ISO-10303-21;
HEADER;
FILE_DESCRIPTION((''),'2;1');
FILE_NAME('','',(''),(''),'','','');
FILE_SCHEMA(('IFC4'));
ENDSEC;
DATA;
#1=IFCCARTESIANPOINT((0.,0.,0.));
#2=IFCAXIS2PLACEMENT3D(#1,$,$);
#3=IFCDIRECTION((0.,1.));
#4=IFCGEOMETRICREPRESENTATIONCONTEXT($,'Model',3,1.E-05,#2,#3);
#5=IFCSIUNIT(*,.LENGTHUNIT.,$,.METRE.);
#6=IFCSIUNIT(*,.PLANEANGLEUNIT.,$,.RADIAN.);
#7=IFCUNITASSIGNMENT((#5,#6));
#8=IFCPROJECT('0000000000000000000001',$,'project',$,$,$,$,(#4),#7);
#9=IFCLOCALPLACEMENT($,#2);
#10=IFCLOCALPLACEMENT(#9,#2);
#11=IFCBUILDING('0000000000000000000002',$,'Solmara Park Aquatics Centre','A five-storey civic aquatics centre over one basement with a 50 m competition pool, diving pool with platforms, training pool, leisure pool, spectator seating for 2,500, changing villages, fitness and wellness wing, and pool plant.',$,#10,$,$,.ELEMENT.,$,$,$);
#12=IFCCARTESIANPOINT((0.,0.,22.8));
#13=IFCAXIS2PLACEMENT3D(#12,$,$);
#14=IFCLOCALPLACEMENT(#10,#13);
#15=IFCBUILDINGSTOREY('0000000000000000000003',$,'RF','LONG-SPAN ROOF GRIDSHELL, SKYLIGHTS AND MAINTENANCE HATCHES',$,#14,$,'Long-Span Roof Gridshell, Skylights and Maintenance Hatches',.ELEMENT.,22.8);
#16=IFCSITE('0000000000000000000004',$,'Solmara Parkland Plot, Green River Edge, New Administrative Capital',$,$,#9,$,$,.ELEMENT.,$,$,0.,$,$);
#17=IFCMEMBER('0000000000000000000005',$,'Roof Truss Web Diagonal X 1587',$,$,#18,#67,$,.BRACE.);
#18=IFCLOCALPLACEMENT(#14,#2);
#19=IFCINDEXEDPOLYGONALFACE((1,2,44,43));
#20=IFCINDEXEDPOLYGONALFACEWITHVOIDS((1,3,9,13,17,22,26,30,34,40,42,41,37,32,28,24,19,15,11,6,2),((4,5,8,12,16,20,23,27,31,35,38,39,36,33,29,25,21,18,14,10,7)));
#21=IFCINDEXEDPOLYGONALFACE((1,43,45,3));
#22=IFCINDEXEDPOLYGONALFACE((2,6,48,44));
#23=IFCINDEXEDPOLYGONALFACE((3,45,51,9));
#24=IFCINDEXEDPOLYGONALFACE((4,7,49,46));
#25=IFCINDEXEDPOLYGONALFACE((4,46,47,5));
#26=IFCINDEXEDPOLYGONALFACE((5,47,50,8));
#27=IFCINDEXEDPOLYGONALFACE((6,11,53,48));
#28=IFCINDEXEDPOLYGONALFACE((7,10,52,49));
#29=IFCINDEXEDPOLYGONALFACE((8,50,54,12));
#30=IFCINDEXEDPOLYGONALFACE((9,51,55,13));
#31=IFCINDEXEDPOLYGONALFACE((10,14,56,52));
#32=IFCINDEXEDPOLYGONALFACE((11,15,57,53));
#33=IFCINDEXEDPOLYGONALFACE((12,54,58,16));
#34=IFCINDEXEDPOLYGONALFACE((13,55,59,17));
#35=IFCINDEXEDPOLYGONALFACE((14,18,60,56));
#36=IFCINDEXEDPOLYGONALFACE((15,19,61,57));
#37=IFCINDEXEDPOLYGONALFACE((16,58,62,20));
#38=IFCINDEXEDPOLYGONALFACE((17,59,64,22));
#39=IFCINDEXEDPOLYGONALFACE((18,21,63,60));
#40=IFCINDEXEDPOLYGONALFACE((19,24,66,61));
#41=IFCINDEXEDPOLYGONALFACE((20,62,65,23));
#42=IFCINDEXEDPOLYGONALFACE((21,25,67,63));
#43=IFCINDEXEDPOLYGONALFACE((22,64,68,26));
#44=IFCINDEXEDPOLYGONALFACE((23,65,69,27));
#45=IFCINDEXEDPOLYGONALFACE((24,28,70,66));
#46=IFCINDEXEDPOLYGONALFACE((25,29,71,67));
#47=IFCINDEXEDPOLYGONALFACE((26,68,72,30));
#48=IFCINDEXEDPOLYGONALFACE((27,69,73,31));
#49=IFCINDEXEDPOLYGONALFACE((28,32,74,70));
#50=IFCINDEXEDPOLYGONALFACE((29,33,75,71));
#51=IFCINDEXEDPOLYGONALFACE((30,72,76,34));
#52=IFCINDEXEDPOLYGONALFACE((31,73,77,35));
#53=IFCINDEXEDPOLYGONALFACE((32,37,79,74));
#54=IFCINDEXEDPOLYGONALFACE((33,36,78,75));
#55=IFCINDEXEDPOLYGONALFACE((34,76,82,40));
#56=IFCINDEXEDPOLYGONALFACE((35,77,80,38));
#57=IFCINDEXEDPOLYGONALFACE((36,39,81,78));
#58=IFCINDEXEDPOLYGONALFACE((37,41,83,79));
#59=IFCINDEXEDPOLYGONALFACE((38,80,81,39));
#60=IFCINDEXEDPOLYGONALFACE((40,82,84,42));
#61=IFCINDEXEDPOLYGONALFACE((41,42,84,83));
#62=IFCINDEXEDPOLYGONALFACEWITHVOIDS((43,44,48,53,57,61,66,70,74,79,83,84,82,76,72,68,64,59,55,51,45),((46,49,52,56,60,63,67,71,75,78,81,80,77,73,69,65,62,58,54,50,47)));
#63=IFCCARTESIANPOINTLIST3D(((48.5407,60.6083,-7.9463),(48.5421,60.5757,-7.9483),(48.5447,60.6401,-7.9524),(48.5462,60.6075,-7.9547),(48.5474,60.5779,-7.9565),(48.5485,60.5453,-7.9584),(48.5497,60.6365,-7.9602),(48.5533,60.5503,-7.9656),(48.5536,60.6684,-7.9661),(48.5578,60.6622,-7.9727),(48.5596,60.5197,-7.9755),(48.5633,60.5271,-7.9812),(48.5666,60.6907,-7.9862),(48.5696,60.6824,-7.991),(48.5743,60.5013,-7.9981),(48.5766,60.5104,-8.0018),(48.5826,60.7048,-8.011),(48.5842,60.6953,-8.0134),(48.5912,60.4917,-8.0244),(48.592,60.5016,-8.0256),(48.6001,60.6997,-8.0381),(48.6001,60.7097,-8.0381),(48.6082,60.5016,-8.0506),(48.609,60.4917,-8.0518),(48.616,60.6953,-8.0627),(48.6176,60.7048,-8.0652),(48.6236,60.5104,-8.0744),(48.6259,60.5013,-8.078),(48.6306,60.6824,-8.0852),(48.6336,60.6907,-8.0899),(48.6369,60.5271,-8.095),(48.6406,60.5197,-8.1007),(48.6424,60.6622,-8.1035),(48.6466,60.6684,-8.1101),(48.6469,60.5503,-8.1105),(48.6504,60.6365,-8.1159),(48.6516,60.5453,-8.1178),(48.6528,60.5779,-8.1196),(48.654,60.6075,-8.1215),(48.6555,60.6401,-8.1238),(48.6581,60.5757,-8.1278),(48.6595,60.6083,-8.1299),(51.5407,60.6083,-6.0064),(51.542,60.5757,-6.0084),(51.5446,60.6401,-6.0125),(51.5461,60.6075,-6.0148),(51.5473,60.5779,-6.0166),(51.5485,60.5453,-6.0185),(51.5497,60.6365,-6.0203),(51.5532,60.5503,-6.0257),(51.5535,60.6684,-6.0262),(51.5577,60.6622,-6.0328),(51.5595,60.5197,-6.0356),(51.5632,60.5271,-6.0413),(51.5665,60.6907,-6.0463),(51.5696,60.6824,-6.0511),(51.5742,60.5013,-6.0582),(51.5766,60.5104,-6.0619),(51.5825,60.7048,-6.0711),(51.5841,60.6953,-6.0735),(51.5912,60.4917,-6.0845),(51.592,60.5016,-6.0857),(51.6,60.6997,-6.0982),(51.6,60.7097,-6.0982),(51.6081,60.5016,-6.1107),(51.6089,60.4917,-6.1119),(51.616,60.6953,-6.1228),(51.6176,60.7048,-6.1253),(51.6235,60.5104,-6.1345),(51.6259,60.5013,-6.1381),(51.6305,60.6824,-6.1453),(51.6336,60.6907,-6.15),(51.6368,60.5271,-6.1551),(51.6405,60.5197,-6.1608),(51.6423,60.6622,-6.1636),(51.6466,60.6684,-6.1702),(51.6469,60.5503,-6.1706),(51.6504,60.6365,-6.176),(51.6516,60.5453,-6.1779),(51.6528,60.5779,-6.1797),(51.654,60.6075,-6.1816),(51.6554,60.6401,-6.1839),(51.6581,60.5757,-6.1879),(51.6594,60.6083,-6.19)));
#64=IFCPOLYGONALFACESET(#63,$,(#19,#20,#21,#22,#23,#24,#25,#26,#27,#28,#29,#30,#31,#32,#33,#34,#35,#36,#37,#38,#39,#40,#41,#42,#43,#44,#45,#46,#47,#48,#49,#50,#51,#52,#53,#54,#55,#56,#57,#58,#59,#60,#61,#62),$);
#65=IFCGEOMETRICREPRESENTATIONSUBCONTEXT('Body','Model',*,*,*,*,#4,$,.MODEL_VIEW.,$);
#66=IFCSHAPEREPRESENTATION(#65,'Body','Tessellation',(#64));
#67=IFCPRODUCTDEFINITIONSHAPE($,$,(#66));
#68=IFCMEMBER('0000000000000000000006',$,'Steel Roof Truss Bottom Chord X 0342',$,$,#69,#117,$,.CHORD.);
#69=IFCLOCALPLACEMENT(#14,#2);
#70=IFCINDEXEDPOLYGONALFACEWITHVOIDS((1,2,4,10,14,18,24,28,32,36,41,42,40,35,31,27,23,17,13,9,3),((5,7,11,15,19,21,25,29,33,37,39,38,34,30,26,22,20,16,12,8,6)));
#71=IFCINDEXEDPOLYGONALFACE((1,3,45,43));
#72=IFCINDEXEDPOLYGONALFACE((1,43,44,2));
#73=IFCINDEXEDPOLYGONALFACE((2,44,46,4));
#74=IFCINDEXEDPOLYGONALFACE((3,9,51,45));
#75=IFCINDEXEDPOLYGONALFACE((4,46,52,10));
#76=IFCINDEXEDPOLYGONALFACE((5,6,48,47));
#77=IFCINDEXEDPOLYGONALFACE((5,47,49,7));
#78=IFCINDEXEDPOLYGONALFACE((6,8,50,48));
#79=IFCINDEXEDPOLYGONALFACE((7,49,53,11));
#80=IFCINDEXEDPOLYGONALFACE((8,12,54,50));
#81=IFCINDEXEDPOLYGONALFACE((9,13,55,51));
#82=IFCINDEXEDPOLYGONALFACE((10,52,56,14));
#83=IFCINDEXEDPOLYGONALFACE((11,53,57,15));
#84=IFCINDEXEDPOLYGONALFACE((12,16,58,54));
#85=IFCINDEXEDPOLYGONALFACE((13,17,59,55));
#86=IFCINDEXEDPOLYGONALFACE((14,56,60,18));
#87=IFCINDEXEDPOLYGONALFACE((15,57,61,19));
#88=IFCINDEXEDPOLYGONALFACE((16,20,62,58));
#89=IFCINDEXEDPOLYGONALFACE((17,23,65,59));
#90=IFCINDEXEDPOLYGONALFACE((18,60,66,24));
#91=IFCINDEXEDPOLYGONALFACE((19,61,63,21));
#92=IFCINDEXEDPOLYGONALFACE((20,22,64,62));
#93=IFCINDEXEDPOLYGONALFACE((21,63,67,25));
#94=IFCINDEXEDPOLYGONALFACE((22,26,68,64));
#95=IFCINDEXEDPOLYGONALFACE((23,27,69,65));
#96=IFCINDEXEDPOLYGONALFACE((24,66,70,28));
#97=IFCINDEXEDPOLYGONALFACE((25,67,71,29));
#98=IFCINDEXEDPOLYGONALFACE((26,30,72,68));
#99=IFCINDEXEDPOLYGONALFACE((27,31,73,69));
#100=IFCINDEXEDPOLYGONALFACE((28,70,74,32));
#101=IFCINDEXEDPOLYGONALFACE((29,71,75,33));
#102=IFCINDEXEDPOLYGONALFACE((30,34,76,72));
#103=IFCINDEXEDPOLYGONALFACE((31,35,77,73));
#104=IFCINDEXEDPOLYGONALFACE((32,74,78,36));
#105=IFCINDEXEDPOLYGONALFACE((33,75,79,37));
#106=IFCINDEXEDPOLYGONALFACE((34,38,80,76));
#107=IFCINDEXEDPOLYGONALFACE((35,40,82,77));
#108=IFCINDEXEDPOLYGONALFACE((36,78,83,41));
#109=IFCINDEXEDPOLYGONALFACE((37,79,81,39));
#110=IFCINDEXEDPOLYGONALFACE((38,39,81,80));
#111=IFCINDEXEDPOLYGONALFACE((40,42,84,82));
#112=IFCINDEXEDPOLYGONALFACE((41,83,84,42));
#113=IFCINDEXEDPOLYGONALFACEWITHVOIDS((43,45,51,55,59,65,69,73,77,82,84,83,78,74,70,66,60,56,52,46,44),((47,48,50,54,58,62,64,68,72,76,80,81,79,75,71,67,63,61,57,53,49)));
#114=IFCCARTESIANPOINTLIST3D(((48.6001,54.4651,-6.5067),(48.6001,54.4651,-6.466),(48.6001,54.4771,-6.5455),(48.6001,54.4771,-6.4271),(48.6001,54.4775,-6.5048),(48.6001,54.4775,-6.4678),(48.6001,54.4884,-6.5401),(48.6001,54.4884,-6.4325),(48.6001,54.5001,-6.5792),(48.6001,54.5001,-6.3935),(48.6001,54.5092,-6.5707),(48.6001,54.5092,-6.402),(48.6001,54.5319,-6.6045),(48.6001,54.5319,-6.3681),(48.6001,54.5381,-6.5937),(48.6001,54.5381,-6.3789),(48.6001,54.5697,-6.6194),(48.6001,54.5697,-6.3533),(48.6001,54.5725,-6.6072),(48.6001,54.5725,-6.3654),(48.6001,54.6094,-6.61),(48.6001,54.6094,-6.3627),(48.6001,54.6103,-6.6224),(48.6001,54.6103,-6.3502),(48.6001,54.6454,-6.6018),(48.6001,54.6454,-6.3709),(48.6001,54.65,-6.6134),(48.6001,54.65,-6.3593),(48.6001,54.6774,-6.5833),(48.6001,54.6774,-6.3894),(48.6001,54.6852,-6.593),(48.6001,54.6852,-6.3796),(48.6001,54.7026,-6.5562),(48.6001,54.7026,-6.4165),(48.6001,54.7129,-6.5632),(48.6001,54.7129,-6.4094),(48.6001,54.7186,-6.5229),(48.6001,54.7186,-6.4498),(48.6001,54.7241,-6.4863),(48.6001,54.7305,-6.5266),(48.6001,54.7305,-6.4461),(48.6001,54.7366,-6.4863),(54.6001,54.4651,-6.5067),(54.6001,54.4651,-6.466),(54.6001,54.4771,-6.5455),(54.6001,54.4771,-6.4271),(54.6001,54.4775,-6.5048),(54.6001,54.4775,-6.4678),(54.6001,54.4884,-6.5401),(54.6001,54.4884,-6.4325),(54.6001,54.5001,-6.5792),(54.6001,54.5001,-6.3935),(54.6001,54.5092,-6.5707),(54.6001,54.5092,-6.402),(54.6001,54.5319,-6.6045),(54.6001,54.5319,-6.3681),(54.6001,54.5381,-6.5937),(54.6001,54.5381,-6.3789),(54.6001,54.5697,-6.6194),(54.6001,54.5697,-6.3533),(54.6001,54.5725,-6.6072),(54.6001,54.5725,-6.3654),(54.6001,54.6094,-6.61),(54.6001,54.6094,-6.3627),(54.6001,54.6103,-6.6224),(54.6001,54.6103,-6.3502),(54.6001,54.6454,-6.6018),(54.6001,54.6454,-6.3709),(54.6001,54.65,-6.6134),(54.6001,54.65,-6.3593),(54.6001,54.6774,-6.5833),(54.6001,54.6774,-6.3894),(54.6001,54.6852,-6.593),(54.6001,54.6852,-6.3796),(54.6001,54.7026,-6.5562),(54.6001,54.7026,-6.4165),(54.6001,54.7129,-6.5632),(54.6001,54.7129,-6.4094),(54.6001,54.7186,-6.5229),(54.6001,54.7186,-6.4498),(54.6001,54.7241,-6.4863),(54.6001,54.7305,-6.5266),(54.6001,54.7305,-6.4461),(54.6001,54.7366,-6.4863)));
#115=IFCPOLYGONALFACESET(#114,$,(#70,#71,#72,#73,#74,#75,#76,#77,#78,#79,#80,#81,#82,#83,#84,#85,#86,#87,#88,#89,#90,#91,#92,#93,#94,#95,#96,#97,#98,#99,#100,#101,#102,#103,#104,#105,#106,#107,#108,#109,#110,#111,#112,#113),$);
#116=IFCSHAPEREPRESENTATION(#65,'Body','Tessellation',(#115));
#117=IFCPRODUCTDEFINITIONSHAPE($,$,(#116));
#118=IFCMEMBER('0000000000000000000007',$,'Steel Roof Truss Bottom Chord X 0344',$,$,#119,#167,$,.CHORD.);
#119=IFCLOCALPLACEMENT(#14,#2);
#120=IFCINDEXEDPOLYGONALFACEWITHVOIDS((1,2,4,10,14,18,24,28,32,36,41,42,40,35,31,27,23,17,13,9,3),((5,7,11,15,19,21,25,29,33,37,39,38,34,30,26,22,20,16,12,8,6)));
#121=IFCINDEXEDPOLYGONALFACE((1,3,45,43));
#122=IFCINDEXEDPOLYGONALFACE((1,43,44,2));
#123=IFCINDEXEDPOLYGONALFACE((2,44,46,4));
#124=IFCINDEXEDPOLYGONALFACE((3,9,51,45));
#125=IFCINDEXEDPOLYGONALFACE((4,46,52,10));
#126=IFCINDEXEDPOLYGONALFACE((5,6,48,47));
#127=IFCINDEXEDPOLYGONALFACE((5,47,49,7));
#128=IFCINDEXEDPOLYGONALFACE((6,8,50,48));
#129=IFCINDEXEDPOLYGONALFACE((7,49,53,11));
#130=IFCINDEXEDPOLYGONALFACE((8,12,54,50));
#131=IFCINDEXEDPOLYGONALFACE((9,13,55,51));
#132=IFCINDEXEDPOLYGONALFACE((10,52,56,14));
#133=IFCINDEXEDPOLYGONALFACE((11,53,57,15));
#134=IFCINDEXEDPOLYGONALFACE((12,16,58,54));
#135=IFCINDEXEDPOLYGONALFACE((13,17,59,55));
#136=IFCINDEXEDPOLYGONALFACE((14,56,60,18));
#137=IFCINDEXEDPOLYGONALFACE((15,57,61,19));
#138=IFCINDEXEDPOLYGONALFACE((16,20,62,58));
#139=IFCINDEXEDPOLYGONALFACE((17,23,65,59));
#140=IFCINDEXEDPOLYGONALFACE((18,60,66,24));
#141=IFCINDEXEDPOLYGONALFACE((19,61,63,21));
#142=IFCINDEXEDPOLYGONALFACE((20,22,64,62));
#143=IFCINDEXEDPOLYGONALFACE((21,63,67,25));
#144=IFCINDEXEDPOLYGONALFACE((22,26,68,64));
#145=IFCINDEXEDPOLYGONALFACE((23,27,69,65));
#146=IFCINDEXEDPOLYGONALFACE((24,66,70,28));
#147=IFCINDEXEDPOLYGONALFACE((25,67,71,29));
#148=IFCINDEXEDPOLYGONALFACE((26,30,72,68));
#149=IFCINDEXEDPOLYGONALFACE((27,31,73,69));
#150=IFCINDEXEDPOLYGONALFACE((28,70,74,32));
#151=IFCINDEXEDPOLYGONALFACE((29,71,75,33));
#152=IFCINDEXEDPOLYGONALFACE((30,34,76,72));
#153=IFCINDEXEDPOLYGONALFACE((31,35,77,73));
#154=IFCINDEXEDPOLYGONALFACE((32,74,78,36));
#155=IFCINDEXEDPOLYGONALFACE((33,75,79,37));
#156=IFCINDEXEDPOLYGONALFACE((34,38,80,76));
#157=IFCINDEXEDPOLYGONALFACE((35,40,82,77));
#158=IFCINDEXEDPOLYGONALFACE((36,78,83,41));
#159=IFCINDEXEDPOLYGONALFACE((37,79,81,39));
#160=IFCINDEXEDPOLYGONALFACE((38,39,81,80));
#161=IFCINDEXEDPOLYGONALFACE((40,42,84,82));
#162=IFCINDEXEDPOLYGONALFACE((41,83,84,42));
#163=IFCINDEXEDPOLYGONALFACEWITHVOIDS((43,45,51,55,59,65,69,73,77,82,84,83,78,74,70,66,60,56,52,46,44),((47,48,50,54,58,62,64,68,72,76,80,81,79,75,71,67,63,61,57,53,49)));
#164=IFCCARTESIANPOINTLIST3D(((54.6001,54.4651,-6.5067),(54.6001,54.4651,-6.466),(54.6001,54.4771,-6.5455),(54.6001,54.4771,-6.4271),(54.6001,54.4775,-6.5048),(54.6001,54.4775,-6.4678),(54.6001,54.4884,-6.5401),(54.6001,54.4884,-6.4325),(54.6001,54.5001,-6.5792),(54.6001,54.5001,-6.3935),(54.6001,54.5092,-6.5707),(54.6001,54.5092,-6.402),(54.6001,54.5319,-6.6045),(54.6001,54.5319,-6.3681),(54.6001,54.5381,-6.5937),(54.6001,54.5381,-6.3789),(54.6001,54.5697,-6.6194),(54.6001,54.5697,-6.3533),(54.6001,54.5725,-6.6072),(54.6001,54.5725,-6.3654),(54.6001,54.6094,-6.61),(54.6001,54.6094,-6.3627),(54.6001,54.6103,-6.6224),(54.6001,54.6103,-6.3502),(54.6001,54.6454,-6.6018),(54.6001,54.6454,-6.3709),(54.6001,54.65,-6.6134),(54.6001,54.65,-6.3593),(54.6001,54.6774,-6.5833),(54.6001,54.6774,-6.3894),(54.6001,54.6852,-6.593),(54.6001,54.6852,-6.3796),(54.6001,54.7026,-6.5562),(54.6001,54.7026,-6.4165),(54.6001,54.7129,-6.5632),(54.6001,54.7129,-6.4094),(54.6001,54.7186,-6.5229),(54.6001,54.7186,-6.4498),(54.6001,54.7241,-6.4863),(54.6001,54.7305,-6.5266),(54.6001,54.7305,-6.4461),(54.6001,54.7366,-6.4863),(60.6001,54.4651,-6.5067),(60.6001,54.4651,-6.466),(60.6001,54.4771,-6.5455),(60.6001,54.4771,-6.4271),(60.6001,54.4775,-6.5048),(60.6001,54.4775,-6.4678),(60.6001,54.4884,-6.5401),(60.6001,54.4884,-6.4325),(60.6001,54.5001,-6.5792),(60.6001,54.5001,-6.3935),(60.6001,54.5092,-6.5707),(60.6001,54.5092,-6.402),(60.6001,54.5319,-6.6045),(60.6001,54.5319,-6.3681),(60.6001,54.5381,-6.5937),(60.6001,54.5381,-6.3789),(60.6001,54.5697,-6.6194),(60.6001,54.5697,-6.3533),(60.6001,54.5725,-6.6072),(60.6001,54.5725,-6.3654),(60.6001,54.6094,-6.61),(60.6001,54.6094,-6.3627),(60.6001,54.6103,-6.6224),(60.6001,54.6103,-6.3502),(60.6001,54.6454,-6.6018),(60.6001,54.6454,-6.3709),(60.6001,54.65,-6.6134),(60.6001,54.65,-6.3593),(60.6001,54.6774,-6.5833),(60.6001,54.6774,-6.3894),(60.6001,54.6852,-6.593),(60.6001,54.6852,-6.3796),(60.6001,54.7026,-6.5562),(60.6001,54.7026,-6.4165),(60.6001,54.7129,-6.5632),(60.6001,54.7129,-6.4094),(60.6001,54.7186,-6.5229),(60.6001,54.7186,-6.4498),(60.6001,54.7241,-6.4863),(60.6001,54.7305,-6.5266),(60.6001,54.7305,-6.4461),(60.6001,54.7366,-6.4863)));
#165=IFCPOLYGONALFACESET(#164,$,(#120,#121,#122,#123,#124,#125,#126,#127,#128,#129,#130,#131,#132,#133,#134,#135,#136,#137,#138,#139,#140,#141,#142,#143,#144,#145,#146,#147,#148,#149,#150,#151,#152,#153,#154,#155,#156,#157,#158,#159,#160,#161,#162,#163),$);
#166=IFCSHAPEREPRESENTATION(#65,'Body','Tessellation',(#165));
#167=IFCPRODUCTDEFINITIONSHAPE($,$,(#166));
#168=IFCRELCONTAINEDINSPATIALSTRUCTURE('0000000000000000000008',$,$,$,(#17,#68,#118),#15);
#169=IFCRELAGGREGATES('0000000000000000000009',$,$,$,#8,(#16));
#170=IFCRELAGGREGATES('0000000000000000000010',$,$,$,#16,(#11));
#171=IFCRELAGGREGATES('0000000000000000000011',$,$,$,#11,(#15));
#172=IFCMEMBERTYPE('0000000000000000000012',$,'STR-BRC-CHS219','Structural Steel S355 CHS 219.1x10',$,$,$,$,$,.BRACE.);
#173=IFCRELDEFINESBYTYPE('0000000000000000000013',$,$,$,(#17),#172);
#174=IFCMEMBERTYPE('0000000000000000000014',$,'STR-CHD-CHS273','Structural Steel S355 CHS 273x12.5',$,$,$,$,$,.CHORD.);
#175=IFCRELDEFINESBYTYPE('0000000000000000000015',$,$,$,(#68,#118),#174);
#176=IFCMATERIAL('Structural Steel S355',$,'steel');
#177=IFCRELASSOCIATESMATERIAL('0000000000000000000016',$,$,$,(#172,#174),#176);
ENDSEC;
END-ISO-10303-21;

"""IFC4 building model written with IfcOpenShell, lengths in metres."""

from ifc_helpers import new_model, si_unit, direction, frame, origin, origin_2d, place, context, subcontext, project, spatial, hollow_circle, extrude, material, material_profile, profile_set, type_object, element, save


model = new_model("IFC4")

# Units and contexts
model_context = context("Model", 3, precision=1e-05, world=origin(), true_north=direction((0.0, 1.0)))
body_context = subcontext(model_context, "Body", "Model", "MODEL_VIEW")
ifc_project = project(units=[si_unit("LENGTHUNIT", "METRE"), si_unit("PLANEANGLEUNIT", "RADIAN")], contexts=[model_context])

# Site, building, storey
site_placement = place(None, origin())
site = spatial("IfcSite", under=ifc_project, at=site_placement, Name="Solmara Parkland Plot, Green River Edge, New Administrative Capital", CompositionType="ELEMENT", RefElevation=0.0)
building_placement = place(site_placement, origin())
building = spatial("IfcBuilding", under=site, at=building_placement, Name="Solmara Park Aquatics Centre", Description="A five-storey civic aquatics centre over one basement with a 50 m competition pool, diving pool with platforms, training pool, leisure pool, spectator seating for 2,500, changing villages, fitness and wellness wing, and pool plant.", CompositionType="ELEMENT")
storey_placement = place(building_placement, frame((0.0, 0.0, 22.8)))
storey = spatial("IfcBuildingStorey", under=building, at=storey_placement, Name="RF", Description="LONG-SPAN ROOF GRIDSHELL, SKYLIGHTS AND MAINTENANCE HATCHES", LongName="Long-Span Roof Gridshell, Skylights and Maintenance Hatches", CompositionType="ELEMENT", Elevation=22.8)

# Members
ifc_material_1 = material(Name="Structural Steel S355", Category="steel")
ifc_material_profile_1 = material_profile(ifc_material_1, hollow_circle(Radius=0.1096, WallThickness=0.01, at=origin_2d()), Name="CHS 219.1x10")
ifc_profile_set_1 = profile_set([ifc_material_profile_1], Name="Structural Steel S355")
member_type_1 = type_object("IfcMemberType", Name="STR-BRC-CHS219", Description="Structural Steel S355 CHS 219.1x10", PredefinedType="BRACE", material=ifc_profile_set_1)
for number, where, z_axis, x_axis, name in (
    (1, (48.6001, 60.6001, -8.0381), (0.839728, 0.0, 0.543008), (0.0, 1.0, 0.0), "Roof Truss Web Diagonal X 1587"),
):
    element("IfcMember", number, at=place(storey_placement, frame(where, z_axis=z_axis, x_axis=x_axis)), inside=storey, type_object=member_type_1, Name=name, PredefinedType="BRACE", context=body_context, shape_type="SweptSolid", body=[
        extrude(hollow_circle(Radius=0.1096, WallThickness=0.01, at=origin_2d()), origin(), (0.0, 0.0, 1.0), 3.5725),
    ])
ifc_material_profile_2 = material_profile(ifc_material_1, hollow_circle(Radius=0.1365, WallThickness=0.0125, at=origin_2d()), Name="CHS 273x12.5")
ifc_profile_set_2 = profile_set([ifc_material_profile_2], Name="Structural Steel S355")
member_type_2 = type_object("IfcMemberType", Name="STR-CHD-CHS273", Description="Structural Steel S355 CHS 273x12.5", PredefinedType="CHORD", material=ifc_profile_set_2)
for number, where, z_axis, x_axis, name in (
    (2, (48.6001, 54.6001, -6.4863), (1.0, 0.0, 0.0), (0.0, 1.0, 0.0), "Steel Roof Truss Bottom Chord X 0342"),
    (3, (54.6001, 54.6001, -6.4863), (1.0, 0.0, 0.0), (0.0, 1.0, 0.0), "Steel Roof Truss Bottom Chord X 0344"),
):
    element("IfcMember", number, at=place(storey_placement, frame(where, z_axis=z_axis, x_axis=x_axis)), inside=storey, type_object=member_type_2, Name=name, PredefinedType="CHORD", context=body_context, shape_type="SweptSolid", body=[
        extrude(hollow_circle(Radius=0.1365, WallThickness=0.0125, at=origin_2d()), origin(), (0.0, 0.0, 1.0), 6.0),
    ])

save(model, "model.ifc")
